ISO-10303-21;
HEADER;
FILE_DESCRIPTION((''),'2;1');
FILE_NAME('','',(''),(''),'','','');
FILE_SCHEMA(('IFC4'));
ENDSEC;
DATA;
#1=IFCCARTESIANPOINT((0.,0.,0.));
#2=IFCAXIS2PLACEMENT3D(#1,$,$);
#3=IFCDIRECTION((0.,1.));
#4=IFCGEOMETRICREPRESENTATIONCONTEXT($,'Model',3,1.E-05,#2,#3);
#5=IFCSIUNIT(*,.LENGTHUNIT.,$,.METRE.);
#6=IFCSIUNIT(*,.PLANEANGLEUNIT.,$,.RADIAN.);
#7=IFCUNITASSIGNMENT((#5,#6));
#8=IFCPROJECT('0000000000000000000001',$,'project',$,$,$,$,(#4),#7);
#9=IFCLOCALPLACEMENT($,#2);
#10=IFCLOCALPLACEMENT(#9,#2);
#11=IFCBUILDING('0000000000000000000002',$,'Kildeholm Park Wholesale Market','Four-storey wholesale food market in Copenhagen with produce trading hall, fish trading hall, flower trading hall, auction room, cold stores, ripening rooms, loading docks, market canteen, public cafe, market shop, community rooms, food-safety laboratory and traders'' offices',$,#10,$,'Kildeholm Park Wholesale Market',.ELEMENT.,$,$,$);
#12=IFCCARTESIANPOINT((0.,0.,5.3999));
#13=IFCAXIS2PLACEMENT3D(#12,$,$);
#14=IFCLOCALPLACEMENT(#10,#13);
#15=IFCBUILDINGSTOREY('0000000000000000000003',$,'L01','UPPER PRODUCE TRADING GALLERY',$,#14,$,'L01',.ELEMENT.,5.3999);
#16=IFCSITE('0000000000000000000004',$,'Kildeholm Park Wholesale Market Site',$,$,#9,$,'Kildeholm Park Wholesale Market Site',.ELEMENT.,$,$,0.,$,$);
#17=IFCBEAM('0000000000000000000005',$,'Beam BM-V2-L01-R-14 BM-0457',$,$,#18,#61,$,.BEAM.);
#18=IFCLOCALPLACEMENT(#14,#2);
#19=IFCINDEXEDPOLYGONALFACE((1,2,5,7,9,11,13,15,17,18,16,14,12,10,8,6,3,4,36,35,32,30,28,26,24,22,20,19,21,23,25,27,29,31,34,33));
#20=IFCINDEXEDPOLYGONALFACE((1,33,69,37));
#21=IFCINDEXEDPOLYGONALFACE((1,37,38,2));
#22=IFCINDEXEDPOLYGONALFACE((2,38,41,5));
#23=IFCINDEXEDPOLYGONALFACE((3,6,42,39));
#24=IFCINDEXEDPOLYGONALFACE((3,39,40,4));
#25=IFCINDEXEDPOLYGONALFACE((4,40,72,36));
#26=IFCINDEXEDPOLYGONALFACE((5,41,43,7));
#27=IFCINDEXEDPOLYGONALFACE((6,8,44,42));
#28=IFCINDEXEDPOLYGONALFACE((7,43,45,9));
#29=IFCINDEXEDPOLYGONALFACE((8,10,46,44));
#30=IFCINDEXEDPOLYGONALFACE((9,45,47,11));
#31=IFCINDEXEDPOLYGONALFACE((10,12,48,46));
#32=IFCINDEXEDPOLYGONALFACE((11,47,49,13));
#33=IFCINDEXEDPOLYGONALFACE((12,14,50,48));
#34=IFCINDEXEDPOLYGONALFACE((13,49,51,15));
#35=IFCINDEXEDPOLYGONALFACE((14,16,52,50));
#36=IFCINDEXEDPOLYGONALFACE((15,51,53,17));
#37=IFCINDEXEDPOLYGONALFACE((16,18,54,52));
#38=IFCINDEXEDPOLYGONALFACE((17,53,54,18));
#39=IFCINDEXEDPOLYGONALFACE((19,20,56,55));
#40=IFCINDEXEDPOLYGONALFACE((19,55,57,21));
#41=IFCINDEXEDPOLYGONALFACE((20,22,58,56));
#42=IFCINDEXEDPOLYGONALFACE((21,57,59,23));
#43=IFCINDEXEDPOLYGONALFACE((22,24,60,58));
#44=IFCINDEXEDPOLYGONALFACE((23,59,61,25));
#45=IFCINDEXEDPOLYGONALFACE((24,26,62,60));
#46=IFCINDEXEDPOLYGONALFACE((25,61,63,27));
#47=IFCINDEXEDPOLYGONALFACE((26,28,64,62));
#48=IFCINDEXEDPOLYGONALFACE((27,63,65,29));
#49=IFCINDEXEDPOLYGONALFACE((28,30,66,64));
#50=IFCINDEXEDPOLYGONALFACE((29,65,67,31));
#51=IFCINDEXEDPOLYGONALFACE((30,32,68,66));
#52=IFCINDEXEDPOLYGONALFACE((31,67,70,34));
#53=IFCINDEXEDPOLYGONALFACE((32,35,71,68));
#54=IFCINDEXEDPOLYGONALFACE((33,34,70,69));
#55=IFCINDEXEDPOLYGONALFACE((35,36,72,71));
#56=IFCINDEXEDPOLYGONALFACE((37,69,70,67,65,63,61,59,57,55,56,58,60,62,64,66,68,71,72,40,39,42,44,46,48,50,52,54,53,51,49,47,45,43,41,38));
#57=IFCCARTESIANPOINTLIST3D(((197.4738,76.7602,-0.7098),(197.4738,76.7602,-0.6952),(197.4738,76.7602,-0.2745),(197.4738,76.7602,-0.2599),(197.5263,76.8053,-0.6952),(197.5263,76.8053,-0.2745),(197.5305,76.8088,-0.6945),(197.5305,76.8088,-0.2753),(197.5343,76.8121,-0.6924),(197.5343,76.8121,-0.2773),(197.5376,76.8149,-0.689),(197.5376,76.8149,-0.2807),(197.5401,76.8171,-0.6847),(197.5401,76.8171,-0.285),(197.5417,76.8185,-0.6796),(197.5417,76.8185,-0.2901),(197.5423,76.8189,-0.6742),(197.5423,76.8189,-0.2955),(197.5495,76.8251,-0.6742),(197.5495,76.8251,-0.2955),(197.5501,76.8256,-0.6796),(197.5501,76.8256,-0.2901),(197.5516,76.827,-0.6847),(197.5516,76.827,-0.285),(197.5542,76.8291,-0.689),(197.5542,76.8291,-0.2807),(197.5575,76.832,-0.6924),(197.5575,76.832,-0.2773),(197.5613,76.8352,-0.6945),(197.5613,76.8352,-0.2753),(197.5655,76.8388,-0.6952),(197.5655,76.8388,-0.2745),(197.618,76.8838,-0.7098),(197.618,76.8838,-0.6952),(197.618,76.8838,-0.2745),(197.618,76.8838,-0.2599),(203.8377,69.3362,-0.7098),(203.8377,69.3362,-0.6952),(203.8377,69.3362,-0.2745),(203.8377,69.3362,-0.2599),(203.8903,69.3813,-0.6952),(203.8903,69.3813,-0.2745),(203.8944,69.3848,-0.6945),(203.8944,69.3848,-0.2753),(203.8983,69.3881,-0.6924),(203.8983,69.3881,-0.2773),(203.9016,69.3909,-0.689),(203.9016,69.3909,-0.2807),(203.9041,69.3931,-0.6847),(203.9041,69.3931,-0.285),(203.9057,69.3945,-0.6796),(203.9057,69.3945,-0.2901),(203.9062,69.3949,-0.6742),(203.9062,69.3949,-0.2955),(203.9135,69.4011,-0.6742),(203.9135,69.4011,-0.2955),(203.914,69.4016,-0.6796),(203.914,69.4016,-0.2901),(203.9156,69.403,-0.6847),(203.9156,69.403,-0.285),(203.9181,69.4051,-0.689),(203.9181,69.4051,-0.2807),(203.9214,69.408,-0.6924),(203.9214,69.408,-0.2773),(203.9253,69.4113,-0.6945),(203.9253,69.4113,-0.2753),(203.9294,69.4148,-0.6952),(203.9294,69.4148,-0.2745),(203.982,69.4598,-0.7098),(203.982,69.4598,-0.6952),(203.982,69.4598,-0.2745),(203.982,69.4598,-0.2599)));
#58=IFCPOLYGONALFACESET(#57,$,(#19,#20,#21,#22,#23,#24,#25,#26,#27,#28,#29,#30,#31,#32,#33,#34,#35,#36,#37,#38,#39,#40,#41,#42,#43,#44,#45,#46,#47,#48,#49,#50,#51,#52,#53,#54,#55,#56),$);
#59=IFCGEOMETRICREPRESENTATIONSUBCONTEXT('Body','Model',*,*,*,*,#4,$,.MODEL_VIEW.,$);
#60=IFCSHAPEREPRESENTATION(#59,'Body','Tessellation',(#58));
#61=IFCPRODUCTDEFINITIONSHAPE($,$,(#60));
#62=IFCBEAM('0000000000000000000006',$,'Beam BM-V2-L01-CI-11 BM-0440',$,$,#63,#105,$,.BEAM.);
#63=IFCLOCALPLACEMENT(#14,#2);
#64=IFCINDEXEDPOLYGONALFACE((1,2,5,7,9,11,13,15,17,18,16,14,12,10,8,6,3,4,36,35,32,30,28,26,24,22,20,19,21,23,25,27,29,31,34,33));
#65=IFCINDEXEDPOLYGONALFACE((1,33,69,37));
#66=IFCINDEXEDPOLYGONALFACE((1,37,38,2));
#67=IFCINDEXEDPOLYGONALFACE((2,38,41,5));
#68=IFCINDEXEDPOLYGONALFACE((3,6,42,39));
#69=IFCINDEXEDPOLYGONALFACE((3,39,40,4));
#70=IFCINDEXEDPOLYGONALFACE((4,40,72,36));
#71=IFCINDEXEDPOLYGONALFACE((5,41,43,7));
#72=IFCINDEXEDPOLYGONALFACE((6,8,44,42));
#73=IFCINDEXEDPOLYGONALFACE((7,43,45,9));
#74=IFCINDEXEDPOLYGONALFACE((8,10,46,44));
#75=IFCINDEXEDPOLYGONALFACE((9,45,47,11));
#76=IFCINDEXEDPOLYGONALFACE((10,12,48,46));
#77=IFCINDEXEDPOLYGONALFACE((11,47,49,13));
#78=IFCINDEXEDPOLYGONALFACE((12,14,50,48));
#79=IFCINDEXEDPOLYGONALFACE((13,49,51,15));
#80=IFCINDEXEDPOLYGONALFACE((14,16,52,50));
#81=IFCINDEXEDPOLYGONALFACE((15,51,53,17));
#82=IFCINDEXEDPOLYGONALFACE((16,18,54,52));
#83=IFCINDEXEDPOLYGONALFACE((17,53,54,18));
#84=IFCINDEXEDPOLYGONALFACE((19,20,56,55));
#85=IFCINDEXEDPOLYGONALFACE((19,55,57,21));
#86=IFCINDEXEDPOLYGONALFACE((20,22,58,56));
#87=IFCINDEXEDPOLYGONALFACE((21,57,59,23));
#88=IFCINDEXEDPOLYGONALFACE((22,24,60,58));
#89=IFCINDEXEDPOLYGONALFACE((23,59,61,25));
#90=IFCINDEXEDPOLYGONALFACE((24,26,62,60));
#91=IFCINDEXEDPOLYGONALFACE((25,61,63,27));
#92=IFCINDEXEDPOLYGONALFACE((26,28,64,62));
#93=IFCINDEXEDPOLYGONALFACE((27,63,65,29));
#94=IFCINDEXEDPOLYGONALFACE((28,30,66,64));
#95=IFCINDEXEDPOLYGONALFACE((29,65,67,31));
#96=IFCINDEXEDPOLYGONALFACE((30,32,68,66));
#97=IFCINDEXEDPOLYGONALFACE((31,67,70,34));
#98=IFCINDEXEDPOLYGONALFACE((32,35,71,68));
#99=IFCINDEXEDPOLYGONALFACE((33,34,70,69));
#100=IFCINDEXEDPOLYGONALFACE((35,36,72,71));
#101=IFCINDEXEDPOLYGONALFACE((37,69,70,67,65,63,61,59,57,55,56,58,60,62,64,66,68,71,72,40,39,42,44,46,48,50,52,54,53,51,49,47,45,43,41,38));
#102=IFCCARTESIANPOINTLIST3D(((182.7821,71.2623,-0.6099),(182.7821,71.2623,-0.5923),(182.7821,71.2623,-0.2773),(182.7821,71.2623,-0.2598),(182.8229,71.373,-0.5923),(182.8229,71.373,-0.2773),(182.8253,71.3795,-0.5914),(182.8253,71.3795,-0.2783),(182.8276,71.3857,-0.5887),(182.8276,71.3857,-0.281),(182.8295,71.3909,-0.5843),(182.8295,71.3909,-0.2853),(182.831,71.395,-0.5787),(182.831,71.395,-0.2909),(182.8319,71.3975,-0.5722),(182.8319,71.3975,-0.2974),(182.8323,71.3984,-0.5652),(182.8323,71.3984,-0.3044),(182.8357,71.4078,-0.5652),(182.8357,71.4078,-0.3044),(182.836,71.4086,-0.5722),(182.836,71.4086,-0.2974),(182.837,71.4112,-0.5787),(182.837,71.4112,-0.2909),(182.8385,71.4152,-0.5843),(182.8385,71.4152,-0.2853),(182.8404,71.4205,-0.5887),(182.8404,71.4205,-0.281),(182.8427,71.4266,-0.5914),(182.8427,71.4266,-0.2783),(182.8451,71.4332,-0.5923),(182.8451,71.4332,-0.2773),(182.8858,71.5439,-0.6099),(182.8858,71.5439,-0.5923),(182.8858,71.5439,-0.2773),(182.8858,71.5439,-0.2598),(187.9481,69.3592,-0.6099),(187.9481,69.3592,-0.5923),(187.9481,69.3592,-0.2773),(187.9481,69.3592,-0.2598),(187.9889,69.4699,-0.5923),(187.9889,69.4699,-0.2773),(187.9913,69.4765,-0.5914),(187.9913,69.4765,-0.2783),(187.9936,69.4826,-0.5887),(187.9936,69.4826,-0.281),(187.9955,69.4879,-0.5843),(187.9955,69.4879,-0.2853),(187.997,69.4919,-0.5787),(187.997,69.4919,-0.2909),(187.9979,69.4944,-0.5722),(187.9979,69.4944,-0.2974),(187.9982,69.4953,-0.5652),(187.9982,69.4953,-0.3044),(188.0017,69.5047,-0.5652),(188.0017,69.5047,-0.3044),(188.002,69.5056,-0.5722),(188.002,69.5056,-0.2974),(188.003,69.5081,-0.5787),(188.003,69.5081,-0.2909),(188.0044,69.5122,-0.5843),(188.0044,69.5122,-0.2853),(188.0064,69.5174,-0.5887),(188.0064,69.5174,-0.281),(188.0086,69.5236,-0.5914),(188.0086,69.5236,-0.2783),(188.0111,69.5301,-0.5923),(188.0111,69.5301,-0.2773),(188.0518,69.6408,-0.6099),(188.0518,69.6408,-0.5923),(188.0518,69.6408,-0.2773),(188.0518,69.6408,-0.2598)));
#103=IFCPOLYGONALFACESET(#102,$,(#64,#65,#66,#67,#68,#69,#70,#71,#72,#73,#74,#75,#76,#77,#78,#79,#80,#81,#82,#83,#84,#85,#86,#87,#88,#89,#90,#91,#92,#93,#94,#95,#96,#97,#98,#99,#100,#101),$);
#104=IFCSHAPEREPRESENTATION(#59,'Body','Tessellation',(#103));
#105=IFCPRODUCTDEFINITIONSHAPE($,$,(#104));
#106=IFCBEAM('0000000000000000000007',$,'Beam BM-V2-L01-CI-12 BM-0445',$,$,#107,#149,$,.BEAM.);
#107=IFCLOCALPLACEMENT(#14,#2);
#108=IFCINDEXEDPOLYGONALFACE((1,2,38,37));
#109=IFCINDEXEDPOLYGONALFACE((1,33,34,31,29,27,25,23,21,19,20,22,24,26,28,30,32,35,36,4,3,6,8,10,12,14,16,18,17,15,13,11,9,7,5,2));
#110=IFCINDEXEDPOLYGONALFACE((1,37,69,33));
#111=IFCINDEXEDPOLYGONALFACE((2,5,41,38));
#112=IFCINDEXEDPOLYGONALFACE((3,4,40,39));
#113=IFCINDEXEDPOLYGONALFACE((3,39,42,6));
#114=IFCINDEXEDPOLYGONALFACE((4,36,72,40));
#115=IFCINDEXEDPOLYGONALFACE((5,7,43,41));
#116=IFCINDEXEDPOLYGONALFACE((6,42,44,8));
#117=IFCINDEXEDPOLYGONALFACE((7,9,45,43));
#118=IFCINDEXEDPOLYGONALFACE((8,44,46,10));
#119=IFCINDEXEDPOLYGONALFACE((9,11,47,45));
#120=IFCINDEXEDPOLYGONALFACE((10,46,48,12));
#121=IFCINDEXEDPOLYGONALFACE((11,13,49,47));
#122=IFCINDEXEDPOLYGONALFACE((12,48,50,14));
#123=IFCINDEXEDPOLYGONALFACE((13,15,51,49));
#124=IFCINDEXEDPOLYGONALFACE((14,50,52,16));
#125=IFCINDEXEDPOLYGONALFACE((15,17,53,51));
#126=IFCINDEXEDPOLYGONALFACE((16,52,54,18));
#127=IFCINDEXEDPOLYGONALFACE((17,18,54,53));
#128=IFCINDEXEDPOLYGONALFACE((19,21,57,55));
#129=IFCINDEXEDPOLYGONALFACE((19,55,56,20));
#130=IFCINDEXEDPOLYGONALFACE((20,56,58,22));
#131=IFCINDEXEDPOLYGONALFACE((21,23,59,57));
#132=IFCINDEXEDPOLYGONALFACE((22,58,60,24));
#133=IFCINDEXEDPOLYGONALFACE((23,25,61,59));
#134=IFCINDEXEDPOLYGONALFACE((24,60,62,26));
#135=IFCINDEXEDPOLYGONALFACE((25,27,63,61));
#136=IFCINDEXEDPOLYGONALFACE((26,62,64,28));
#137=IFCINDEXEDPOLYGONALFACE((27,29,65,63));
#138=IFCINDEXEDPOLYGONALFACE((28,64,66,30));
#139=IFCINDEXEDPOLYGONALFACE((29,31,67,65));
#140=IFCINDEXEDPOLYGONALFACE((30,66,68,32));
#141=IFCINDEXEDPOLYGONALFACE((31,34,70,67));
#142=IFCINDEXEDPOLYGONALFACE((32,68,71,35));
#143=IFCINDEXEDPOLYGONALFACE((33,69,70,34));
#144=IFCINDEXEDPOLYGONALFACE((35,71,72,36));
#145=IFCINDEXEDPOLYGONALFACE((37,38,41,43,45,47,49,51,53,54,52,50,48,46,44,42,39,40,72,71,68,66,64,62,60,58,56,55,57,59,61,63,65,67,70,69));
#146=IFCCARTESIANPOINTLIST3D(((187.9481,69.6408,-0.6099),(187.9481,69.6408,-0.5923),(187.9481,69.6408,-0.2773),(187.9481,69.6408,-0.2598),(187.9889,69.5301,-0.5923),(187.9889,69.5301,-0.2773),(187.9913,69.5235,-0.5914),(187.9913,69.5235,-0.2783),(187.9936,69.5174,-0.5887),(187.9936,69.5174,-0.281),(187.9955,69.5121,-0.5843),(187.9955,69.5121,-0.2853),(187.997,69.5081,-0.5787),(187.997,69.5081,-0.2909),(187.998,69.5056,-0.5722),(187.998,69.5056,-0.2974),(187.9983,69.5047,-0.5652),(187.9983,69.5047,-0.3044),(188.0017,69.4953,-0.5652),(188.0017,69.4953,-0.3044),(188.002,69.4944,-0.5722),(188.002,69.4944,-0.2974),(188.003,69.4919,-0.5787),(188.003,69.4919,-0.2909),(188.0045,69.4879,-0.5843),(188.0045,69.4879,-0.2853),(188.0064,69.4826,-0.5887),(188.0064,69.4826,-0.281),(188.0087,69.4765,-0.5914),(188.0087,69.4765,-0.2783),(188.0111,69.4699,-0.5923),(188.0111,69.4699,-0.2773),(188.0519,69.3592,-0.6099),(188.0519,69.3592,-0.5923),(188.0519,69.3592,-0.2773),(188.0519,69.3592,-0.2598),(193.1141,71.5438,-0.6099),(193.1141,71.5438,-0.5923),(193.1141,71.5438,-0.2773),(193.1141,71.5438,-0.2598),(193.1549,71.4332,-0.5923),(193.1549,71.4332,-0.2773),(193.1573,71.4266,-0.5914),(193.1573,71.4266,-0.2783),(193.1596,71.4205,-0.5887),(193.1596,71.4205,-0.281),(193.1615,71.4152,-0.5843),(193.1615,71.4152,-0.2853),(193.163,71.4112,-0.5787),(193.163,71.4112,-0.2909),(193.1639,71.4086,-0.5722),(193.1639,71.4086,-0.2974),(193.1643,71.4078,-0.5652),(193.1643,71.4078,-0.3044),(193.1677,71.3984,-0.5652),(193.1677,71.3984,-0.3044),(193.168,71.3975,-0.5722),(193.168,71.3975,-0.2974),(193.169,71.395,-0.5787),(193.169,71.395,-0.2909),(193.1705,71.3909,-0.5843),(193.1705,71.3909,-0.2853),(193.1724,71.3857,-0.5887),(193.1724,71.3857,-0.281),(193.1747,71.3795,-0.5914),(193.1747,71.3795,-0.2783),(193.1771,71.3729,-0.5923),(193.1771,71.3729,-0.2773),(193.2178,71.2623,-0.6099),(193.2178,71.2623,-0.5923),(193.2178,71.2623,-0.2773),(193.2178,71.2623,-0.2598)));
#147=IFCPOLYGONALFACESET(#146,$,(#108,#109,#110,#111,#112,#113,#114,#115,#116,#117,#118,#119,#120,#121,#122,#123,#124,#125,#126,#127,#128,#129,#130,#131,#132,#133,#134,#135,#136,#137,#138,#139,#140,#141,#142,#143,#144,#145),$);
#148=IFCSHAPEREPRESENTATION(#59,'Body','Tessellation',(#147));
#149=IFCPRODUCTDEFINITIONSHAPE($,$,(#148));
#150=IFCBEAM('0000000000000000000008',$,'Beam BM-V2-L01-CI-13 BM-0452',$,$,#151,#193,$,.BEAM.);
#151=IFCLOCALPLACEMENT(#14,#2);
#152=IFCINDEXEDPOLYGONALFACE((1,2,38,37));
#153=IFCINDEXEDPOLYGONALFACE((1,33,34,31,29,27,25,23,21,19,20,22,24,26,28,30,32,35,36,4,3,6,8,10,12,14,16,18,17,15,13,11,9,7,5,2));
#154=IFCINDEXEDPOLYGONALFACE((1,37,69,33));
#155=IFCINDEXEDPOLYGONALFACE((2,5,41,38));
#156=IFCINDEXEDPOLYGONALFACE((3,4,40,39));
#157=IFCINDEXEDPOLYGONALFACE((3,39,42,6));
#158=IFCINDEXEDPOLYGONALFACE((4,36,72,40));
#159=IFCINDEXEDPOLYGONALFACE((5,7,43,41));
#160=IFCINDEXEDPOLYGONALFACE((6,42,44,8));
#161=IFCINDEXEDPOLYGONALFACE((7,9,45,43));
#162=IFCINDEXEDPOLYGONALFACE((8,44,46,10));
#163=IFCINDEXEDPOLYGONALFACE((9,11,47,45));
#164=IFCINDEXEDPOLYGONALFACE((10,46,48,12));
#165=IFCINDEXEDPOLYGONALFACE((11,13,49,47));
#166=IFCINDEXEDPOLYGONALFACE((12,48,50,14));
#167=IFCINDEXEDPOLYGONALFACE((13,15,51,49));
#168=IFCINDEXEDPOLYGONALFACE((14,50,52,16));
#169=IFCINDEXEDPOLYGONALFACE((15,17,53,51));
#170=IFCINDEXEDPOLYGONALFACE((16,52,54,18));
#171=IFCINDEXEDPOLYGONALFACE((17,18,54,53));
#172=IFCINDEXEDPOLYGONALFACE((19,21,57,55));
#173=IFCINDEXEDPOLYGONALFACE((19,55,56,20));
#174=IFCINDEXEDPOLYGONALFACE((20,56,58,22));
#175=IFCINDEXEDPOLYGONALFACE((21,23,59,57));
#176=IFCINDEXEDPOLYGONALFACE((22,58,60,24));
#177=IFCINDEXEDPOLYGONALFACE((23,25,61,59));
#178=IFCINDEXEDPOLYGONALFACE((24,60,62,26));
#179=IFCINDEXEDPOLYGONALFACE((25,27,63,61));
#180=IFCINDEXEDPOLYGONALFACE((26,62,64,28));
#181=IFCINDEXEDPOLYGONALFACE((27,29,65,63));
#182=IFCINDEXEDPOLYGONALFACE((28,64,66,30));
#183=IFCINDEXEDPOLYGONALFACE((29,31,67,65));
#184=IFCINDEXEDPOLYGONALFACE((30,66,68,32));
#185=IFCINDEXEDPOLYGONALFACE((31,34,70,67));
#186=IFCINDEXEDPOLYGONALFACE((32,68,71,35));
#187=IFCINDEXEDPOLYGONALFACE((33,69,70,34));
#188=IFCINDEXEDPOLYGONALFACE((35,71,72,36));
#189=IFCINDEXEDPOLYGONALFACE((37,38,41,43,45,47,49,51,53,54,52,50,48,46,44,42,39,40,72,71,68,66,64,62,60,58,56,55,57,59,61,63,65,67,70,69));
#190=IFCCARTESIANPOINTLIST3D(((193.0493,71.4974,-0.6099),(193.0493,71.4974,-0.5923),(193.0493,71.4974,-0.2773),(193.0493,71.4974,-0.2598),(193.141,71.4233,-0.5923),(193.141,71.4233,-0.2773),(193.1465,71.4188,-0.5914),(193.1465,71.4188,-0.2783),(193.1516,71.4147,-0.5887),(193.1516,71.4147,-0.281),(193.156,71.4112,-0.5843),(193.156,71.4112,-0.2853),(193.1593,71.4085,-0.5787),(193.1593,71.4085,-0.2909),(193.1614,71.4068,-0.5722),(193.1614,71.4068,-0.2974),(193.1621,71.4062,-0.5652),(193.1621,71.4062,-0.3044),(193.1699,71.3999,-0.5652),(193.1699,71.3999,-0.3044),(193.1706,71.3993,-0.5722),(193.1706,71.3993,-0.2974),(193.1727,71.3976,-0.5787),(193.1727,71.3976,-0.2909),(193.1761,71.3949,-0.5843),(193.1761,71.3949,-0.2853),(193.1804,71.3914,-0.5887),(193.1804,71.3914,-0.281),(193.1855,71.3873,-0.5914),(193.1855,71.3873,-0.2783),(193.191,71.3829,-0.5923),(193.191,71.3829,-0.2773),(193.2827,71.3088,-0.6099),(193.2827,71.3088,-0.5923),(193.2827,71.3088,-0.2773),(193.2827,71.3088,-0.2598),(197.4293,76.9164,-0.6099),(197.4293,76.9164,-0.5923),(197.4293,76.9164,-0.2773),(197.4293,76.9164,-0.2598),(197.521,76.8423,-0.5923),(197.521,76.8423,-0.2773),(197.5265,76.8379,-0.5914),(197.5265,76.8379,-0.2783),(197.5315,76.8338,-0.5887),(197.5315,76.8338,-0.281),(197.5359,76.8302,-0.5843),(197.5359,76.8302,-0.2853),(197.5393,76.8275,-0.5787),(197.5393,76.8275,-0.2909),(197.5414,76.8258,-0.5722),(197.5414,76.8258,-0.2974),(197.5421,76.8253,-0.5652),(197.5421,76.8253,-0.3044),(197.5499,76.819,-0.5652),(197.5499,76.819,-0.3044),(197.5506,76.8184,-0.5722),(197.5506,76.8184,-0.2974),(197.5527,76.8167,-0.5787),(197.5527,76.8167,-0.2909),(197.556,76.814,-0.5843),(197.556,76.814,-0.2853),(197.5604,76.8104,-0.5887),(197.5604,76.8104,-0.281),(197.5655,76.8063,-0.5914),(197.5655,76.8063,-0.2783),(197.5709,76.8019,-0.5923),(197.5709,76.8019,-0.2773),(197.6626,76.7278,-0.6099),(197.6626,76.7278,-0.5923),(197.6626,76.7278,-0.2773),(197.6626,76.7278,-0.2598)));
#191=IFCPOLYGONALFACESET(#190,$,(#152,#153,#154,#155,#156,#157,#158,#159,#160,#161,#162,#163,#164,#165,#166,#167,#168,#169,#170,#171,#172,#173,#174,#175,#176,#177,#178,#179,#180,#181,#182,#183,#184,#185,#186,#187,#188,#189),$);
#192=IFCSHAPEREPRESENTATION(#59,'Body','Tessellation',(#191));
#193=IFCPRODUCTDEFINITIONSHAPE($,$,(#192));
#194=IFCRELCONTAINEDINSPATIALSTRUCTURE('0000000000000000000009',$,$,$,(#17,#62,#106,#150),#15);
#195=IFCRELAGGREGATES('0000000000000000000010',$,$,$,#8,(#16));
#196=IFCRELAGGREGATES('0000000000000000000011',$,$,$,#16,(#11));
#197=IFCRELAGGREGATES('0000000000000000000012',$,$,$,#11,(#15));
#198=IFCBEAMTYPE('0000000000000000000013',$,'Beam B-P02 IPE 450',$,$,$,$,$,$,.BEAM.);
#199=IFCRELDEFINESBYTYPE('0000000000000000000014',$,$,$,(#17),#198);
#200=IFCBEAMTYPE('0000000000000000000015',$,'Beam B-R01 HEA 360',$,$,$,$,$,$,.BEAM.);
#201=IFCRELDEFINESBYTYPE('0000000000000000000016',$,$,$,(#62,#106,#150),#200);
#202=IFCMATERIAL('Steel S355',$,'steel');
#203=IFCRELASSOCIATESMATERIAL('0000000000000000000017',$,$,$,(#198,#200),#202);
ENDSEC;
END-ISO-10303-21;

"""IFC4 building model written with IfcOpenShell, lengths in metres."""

from ifc_helpers import new_model, si_unit, direction, frame, origin, origin_2d, place, context, subcontext, project, spatial, i_section, extrude, material, material_profile, profile_set, type_object, element, save


model = new_model("IFC4")

# Units and contexts
model_context = context("Model", 3, precision=1e-05, world=origin(), true_north=direction((0.0, 1.0)))
body_context = subcontext(model_context, "Body", "Model", "MODEL_VIEW")
ifc_project = project(units=[si_unit("LENGTHUNIT", "METRE"), si_unit("PLANEANGLEUNIT", "RADIAN")], contexts=[model_context])

# Site, building, storey
site_placement = place(None, origin())
site = spatial("IfcSite", under=ifc_project, at=site_placement, Name="Kildeholm Park Wholesale Market Site", LongName="Kildeholm Park Wholesale Market Site", CompositionType="ELEMENT", RefElevation=0.0)
building_placement = place(site_placement, origin())
building = spatial("IfcBuilding", under=site, at=building_placement, Name="Kildeholm Park Wholesale Market", Description="Four-storey wholesale food market in Copenhagen with produce trading hall, fish trading hall, flower trading hall, auction room, cold stores, ripening rooms, loading docks, market canteen, public cafe, market shop, community rooms, food-safety laboratory and traders' offices", LongName="Kildeholm Park Wholesale Market", CompositionType="ELEMENT")
storey_placement = place(building_placement, frame((0.0, 0.0, 5.3999)))
storey = spatial("IfcBuildingStorey", under=building, at=storey_placement, Name="L01", Description="UPPER PRODUCE TRADING GALLERY", LongName="L01", CompositionType="ELEMENT", Elevation=5.3999)

# Shared definitions
ifc_material_1 = material(Name="Steel S355", Category="steel")

# Beams
ifc_material_profile_1 = material_profile(ifc_material_1, i_section(OverallWidth=0.1899, OverallDepth=0.45, WebThickness=0.0095, FlangeThickness=0.0146, FilletRadius=0.021, at=origin_2d()), Name="IPE 450")
ifc_profile_set_1 = profile_set([ifc_material_profile_1], Name="Steel S355")
beam_type_1 = type_object("IfcBeamType", Name="Beam B-P02 IPE 450", PredefinedType="BEAM", material=ifc_profile_set_1)
beam_1_placement = place(storey_placement, frame((197.5459, 76.822, -0.4849), z_axis=(0.650822, -0.75923, 0.0), x_axis=(0.75923, 0.650822, 0.0)))
element("IfcBeam", 1, at=beam_1_placement, inside=storey, type_object=beam_type_1, Name="Beam BM-V2-L01-R-14 BM-0457", PredefinedType="BEAM", context=body_context, shape_type="SweptSolid", body=[
    extrude(i_section(OverallWidth=0.1899, OverallDepth=0.45, WebThickness=0.0095, FlangeThickness=0.0146, FilletRadius=0.021, at=origin_2d()), origin(), (0.0, 0.0, 1.0), 9.7783),
])
ifc_material_profile_2 = material_profile(ifc_material_1, i_section(OverallWidth=0.3, OverallDepth=0.3501, WebThickness=0.01, FlangeThickness=0.0176, FilletRadius=0.0271, at=origin_2d()), Name="HEA 360")
ifc_profile_set_2 = profile_set([ifc_material_profile_2], Name="Steel S355")
beam_type_2 = type_object("IfcBeamType", Name="Beam B-R01 HEA 360", PredefinedType="BEAM", material=ifc_profile_set_2)
for number, where, z_axis, x_axis, name in (
    (2, (182.834, 71.4031, -0.4348), (0.938354, -0.345675, 0.0), (0.345675, 0.938354, 0.0), "Beam BM-V2-L01-CI-11 BM-0440"),
    (3, (188.0, 69.5, -0.4348), (0.938354, 0.345675, 0.0), (-0.345675, 0.938354, 0.0), "Beam BM-V2-L01-CI-12 BM-0445"),
):
    element("IfcBeam", number, at=place(storey_placement, frame(where, z_axis=z_axis, x_axis=x_axis)), inside=storey, type_object=beam_type_2, Name=name, PredefinedType="BEAM", context=body_context, shape_type="SweptSolid", body=[
        extrude(i_section(OverallWidth=0.3, OverallDepth=0.3501, WebThickness=0.01, FlangeThickness=0.0176, FilletRadius=0.0271, at=origin_2d()), origin(), (0.0, 0.0, 1.0), 5.5054),
    ])
beam_2_placement = place(storey_placement, frame((193.166, 71.4031, -0.4348), z_axis=(0.628601, 0.777728, 0.0), x_axis=(-0.777728, 0.628601, 0.0)))
element("IfcBeam", 4, at=beam_2_placement, inside=storey, type_object=beam_type_2, Name="Beam BM-V2-L01-CI-13 BM-0452", PredefinedType="BEAM", context=body_context, shape_type="SweptSolid", body=[
    extrude(i_section(OverallWidth=0.3, OverallDepth=0.3501, WebThickness=0.01, FlangeThickness=0.0176, FilletRadius=0.0271, at=origin_2d()), origin(), (0.0, 0.0, 1.0), 6.9678),
])

save(model, "model.ifc")
